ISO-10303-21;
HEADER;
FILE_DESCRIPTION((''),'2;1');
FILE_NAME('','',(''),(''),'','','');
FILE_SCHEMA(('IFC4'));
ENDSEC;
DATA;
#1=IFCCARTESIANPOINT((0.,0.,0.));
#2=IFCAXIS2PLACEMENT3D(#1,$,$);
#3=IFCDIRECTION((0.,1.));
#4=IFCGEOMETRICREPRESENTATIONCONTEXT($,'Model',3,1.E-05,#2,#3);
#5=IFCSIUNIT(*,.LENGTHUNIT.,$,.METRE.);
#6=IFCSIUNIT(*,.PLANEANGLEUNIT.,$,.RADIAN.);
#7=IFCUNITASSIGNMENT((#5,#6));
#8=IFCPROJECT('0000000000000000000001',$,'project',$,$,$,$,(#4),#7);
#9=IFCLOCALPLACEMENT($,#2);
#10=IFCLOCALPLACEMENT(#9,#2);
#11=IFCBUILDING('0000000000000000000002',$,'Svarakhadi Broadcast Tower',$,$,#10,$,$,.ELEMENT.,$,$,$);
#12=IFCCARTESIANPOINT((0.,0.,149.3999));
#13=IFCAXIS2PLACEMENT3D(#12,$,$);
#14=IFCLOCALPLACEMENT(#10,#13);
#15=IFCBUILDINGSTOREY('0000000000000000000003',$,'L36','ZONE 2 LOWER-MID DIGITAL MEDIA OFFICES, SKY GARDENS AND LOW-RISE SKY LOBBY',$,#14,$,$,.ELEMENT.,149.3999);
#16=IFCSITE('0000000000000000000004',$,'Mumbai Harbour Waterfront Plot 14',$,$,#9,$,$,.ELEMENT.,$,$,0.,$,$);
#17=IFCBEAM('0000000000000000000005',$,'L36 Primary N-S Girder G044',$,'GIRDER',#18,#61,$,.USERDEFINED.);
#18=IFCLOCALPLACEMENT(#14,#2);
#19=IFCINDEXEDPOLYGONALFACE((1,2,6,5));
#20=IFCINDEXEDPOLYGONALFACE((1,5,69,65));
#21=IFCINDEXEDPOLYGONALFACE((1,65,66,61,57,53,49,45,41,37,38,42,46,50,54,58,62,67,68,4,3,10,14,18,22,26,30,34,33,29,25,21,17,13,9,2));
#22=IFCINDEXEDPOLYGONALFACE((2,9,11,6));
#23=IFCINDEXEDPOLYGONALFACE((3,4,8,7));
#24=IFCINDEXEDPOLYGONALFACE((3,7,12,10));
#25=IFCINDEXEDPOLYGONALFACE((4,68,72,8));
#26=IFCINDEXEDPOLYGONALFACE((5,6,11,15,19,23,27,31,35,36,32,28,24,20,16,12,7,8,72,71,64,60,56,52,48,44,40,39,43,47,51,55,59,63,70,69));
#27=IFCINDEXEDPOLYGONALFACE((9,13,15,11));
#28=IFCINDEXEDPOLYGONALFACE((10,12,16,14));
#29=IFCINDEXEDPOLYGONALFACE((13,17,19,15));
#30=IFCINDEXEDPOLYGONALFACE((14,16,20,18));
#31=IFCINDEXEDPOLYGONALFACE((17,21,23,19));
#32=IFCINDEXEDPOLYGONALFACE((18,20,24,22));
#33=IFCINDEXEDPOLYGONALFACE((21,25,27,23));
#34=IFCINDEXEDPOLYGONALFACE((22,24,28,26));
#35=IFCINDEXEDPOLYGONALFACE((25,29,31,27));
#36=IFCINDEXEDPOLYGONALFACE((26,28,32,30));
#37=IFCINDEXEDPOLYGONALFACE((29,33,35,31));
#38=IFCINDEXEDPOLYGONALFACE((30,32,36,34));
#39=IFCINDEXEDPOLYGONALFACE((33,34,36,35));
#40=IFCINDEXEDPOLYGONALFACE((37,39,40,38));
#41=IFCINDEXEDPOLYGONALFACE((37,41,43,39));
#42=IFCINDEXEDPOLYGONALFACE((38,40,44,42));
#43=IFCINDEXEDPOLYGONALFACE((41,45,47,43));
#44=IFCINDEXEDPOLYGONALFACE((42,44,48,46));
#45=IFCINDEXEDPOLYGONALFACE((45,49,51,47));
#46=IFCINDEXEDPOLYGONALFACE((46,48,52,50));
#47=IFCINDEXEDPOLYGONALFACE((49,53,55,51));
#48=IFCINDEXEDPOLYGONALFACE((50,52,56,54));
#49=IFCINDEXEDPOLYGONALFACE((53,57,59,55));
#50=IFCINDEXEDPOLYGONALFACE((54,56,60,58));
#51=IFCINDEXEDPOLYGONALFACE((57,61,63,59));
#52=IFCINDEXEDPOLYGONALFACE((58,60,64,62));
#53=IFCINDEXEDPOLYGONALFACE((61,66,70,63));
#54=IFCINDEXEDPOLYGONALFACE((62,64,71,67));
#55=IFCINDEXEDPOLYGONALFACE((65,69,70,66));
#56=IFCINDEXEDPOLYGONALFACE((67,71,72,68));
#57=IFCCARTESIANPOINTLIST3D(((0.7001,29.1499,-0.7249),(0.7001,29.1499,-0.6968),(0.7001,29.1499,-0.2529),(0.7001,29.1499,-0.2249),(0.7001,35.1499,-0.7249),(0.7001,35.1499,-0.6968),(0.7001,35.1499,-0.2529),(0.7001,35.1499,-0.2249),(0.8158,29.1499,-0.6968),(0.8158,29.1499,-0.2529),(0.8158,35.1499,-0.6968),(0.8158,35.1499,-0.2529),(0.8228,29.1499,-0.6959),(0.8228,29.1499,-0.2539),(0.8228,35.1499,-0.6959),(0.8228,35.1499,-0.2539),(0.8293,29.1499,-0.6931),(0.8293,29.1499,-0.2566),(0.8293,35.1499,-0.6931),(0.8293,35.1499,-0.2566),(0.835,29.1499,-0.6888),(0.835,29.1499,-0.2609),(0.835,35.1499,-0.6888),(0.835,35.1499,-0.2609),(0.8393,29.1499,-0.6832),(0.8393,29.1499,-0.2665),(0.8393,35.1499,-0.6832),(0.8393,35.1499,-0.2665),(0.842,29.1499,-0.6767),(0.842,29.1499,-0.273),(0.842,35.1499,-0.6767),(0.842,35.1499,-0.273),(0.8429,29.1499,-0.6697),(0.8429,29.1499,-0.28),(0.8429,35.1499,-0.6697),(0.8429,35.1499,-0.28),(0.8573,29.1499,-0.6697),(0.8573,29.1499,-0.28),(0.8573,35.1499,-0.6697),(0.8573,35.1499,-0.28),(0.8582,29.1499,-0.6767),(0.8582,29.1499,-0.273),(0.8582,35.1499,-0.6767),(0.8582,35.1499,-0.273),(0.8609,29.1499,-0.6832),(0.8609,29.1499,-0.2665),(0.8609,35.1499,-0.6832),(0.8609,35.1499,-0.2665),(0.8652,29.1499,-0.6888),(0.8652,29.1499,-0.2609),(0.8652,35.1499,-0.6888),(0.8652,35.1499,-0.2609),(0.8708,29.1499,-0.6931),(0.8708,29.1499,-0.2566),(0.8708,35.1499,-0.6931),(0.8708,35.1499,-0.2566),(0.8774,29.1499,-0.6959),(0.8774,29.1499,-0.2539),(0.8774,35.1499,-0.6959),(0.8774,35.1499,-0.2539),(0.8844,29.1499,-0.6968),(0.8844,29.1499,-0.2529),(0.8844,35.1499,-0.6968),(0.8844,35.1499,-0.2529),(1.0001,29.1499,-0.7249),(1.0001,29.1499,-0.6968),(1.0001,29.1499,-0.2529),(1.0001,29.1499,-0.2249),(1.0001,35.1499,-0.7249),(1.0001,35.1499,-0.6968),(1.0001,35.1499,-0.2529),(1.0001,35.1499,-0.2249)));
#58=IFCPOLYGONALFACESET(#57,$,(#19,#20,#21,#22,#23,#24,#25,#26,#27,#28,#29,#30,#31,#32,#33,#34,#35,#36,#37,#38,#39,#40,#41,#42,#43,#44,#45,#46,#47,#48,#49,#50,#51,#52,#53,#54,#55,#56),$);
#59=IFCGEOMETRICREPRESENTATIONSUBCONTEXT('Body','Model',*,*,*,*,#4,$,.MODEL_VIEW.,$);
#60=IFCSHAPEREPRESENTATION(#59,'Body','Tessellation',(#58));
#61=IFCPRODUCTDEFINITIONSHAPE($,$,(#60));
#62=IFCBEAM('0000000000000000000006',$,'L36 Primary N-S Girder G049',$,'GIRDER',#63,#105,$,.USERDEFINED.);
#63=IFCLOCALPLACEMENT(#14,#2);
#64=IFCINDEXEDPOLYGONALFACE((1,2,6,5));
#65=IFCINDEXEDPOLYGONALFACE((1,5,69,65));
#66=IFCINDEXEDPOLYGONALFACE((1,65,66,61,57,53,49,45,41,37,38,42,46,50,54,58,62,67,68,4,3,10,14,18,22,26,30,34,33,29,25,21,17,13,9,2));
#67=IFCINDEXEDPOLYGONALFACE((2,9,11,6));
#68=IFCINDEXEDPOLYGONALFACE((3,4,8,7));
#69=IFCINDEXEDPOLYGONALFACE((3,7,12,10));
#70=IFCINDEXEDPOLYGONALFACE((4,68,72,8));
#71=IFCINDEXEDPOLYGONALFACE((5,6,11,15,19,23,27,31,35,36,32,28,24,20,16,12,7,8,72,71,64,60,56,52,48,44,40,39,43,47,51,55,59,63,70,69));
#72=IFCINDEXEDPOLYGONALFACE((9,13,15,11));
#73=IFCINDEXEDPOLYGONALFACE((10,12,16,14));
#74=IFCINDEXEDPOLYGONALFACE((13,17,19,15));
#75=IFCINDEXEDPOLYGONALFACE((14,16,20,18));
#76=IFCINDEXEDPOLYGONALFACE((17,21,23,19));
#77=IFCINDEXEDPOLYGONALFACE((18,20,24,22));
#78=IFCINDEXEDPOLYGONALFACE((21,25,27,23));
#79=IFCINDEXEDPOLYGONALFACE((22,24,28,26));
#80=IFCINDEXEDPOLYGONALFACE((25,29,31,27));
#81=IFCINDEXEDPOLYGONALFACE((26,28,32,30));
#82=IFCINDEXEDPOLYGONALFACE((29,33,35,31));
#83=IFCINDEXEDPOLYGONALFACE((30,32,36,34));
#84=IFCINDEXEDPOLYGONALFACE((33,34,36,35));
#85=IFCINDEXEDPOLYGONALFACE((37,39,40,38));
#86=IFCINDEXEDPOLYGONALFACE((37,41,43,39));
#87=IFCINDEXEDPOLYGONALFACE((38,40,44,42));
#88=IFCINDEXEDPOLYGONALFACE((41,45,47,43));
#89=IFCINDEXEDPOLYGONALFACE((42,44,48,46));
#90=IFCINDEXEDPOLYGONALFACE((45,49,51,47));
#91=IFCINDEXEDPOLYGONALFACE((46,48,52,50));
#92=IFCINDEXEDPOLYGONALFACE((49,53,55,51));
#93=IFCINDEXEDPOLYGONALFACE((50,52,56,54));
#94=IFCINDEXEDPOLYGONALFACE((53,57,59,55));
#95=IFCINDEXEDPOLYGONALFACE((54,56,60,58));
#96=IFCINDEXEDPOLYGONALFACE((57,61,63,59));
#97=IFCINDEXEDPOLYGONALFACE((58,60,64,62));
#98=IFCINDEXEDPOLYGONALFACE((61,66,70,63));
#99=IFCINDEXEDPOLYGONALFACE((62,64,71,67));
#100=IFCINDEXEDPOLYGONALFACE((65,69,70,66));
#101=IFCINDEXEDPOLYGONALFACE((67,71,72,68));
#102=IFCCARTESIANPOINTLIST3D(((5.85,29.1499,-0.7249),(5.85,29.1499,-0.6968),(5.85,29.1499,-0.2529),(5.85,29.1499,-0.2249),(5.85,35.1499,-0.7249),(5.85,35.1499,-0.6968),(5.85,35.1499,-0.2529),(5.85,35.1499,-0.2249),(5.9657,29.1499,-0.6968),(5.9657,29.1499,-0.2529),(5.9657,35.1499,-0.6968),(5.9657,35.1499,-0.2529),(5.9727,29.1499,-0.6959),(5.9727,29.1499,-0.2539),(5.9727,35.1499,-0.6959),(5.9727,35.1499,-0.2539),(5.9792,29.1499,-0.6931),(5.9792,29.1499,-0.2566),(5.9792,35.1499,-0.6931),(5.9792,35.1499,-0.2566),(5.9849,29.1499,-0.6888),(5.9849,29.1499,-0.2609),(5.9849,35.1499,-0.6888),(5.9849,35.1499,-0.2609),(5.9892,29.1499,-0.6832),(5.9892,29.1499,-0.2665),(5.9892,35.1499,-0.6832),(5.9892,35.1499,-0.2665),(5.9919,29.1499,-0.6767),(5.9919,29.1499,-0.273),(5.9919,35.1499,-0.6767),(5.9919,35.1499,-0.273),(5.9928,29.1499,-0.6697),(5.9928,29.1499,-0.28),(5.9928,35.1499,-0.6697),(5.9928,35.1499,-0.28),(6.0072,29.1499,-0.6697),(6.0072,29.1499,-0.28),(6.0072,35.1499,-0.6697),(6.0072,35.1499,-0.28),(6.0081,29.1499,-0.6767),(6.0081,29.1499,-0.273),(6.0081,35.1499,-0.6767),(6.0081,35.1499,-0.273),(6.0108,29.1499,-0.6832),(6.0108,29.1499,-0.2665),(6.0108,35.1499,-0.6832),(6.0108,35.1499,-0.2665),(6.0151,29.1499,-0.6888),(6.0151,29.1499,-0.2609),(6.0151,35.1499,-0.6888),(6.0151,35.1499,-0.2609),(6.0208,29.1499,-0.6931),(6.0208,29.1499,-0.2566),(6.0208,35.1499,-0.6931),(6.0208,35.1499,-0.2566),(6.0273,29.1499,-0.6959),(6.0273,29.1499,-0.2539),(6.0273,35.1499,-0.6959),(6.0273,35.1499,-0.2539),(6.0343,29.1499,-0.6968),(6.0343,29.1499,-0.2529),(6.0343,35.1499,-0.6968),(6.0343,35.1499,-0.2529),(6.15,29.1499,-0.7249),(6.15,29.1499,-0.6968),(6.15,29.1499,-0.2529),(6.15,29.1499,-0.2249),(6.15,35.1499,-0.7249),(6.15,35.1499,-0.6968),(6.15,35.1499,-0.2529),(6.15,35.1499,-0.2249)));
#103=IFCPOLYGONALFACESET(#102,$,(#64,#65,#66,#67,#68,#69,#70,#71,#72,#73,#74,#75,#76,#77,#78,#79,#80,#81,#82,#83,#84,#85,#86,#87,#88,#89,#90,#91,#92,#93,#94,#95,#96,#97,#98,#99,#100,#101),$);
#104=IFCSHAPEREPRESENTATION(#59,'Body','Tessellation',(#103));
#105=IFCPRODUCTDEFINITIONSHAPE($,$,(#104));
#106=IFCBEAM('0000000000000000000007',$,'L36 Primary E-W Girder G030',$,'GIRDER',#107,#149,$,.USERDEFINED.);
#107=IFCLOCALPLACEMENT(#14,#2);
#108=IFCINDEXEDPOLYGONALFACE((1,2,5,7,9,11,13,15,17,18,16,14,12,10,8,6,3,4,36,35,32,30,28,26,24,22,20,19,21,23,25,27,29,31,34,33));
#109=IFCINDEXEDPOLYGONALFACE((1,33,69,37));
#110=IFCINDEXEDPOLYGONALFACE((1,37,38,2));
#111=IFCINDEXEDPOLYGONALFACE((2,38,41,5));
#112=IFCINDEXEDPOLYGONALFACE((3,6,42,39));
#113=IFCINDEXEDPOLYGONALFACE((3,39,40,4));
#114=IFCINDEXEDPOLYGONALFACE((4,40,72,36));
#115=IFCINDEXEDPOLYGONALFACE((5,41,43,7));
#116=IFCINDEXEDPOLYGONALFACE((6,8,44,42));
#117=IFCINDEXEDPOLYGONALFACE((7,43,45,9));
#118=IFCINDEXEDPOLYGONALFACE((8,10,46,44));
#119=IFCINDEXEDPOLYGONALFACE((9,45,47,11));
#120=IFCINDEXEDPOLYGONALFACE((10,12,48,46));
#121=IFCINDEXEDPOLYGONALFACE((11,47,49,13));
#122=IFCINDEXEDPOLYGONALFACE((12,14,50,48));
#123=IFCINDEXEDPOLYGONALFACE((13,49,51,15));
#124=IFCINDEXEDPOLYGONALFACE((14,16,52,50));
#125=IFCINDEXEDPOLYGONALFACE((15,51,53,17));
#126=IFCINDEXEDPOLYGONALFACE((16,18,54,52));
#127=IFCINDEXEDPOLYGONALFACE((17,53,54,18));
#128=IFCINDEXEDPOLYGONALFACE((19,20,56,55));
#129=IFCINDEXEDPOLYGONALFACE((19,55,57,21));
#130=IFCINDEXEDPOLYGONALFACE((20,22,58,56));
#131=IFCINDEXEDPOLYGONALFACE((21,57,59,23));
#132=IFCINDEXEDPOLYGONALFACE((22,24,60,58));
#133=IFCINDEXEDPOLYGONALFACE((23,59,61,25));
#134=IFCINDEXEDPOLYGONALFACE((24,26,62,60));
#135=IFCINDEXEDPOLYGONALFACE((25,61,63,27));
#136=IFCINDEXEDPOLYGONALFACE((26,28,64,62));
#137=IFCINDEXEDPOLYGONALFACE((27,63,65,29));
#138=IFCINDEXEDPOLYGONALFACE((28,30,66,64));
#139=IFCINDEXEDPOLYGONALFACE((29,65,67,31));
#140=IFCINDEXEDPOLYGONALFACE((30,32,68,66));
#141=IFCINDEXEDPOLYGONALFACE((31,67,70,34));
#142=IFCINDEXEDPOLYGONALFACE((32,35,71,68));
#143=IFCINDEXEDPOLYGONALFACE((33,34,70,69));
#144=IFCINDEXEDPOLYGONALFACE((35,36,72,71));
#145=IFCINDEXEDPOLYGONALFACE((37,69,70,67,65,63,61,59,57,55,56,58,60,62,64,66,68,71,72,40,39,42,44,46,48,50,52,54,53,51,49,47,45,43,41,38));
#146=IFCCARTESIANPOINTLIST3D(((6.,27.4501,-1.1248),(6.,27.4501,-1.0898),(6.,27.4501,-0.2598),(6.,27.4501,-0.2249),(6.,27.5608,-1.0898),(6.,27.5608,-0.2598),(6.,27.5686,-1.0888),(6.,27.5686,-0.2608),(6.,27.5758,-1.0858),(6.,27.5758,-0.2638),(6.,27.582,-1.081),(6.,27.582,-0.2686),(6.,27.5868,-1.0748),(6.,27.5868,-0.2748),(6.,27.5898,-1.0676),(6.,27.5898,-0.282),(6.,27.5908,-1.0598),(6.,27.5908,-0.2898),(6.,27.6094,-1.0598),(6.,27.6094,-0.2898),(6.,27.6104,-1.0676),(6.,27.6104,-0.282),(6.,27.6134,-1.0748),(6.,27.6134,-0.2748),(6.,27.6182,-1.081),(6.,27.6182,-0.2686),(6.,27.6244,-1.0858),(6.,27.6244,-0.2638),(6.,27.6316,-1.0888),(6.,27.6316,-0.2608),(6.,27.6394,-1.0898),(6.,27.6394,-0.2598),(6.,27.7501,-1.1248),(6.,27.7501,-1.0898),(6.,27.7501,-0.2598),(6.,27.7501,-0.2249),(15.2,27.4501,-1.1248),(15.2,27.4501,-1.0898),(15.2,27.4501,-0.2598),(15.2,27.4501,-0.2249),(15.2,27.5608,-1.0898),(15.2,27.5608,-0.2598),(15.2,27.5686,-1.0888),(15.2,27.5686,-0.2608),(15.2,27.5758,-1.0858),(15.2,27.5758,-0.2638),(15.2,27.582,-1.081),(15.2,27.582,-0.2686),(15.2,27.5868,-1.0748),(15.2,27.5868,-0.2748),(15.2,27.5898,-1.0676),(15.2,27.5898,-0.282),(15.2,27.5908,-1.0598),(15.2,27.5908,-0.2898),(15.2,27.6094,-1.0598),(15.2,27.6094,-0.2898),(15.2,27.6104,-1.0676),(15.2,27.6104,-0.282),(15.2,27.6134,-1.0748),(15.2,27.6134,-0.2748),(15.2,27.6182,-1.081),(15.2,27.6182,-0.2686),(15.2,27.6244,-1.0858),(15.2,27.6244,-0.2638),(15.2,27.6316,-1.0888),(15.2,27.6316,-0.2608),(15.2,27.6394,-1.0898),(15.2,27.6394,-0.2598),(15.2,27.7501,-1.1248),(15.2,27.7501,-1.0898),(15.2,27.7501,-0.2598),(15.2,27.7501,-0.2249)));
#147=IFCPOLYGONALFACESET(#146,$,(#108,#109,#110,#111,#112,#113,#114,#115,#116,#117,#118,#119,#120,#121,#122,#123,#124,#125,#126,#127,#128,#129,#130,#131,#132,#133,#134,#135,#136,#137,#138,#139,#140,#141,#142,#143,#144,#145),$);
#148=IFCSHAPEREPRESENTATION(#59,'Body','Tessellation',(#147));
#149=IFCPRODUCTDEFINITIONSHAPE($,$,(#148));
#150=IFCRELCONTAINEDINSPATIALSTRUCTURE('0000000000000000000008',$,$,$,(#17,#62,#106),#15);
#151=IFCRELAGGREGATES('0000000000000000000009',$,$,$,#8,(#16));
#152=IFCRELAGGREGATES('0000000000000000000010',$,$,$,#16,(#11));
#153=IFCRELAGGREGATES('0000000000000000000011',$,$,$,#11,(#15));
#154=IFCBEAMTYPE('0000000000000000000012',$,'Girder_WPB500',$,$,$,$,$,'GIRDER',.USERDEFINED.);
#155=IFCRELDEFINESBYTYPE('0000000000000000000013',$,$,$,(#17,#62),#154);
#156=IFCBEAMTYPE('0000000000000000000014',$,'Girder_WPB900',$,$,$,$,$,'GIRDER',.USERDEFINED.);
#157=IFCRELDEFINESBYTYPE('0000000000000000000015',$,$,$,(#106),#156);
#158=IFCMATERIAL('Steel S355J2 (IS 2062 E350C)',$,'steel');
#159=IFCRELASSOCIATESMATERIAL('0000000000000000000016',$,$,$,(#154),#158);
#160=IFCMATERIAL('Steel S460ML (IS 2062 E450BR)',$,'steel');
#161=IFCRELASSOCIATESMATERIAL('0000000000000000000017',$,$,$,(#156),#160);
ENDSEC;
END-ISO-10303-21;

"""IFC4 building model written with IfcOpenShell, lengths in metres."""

from ifc_helpers import new_model, si_unit, direction, frame, origin, origin_2d, place, context, subcontext, project, spatial, i_section, extrude, material, material_profile, profile_set, type_object, element, save


model = new_model("IFC4")

# Units and contexts
model_context = context("Model", 3, precision=1e-05, world=origin(), true_north=direction((0.0, 1.0)))
body_context = subcontext(model_context, "Body", "Model", "MODEL_VIEW")
ifc_project = project(units=[si_unit("LENGTHUNIT", "METRE"), si_unit("PLANEANGLEUNIT", "RADIAN")], contexts=[model_context])

# Site, building, storey
site_placement = place(None, origin())
site = spatial("IfcSite", under=ifc_project, at=site_placement, Name="Mumbai Harbour Waterfront Plot 14", CompositionType="ELEMENT", RefElevation=0.0)
building_placement = place(site_placement, origin())
building = spatial("IfcBuilding", under=site, at=building_placement, Name="Svarakhadi Broadcast Tower", CompositionType="ELEMENT")
storey_placement = place(building_placement, frame((0.0, 0.0, 149.3999)))
storey = spatial("IfcBuildingStorey", under=building, at=storey_placement, Name="L36", Description="ZONE 2 LOWER-MID DIGITAL MEDIA OFFICES, SKY GARDENS AND LOW-RISE SKY LOBBY", CompositionType="ELEMENT", Elevation=149.3999)

# Shared definitions
ifc_material_1 = material(Name="Steel S460ML (IS 2062 E450BR)", Category="steel")

# Shared definitions
ifc_material_2 = material(Name="Steel S355J2 (IS 2062 E350C)", Category="steel")

# Beams
ifc_material_profile_1 = material_profile(ifc_material_2, i_section(OverallWidth=0.3, OverallDepth=0.5, WebThickness=0.0144, FlangeThickness=0.0281, FilletRadius=0.0271, at=origin_2d()), Name="WPB 500x300x187")
ifc_profile_set_1 = profile_set([ifc_material_profile_1], Name="Steel S355J2 (IS 2062 E350C)")
beam_type_1 = type_object("IfcBeamType", Name="Girder_WPB500", ElementType="GIRDER", PredefinedType="USERDEFINED", material=ifc_profile_set_1)
for number, where, z_axis, x_axis, name in (
    (1, (0.8501, 29.1499, -0.4749), (0.0, 1.0, 0.0), (-1.0, 0.0, 0.0), "L36 Primary N-S Girder G044"),
    (2, (6.0, 29.1499, -0.4749), (0.0, 1.0, 0.0), (-1.0, 0.0, 0.0), "L36 Primary N-S Girder G049"),
):
    element("IfcBeam", number, at=place(storey_placement, frame(where, z_axis=z_axis, x_axis=x_axis)), inside=storey, type_object=beam_type_1, Name=name, ObjectType="GIRDER", PredefinedType="USERDEFINED", context=body_context, shape_type="SweptSolid", body=[
        extrude(i_section(OverallWidth=0.3, OverallDepth=0.5, WebThickness=0.0144, FlangeThickness=0.0281, FilletRadius=0.0271, at=origin_2d()), origin(), (0.0, 0.0, 1.0), 6.0),
    ])
ifc_material_profile_2 = material_profile(ifc_material_1, i_section(OverallWidth=0.3, OverallDepth=0.8999, WebThickness=0.0186, FlangeThickness=0.0349, FilletRadius=0.03, at=origin_2d()), Name="WPB 900x300x291")
ifc_profile_set_2 = profile_set([ifc_material_profile_2], Name="Steel S460ML (IS 2062 E450BR)")
beam_type_2 = type_object("IfcBeamType", Name="Girder_WPB900", ElementType="GIRDER", PredefinedType="USERDEFINED", material=ifc_profile_set_2)
beam_1_placement = place(storey_placement, frame((6.0, 27.6001, -0.6748), z_axis=(1.0, 0.0, 0.0), x_axis=(0.0, 1.0, 0.0)))
element("IfcBeam", 3, at=beam_1_placement, inside=storey, type_object=beam_type_2, Name="L36 Primary E-W Girder G030", ObjectType="GIRDER", PredefinedType="USERDEFINED", context=body_context, shape_type="SweptSolid", body=[
    extrude(i_section(OverallWidth=0.3, OverallDepth=0.8999, WebThickness=0.0186, FlangeThickness=0.0349, FilletRadius=0.03, at=origin_2d()), origin(), (0.0, 0.0, 1.0), 9.2),
])

save(model, "model.ifc")
